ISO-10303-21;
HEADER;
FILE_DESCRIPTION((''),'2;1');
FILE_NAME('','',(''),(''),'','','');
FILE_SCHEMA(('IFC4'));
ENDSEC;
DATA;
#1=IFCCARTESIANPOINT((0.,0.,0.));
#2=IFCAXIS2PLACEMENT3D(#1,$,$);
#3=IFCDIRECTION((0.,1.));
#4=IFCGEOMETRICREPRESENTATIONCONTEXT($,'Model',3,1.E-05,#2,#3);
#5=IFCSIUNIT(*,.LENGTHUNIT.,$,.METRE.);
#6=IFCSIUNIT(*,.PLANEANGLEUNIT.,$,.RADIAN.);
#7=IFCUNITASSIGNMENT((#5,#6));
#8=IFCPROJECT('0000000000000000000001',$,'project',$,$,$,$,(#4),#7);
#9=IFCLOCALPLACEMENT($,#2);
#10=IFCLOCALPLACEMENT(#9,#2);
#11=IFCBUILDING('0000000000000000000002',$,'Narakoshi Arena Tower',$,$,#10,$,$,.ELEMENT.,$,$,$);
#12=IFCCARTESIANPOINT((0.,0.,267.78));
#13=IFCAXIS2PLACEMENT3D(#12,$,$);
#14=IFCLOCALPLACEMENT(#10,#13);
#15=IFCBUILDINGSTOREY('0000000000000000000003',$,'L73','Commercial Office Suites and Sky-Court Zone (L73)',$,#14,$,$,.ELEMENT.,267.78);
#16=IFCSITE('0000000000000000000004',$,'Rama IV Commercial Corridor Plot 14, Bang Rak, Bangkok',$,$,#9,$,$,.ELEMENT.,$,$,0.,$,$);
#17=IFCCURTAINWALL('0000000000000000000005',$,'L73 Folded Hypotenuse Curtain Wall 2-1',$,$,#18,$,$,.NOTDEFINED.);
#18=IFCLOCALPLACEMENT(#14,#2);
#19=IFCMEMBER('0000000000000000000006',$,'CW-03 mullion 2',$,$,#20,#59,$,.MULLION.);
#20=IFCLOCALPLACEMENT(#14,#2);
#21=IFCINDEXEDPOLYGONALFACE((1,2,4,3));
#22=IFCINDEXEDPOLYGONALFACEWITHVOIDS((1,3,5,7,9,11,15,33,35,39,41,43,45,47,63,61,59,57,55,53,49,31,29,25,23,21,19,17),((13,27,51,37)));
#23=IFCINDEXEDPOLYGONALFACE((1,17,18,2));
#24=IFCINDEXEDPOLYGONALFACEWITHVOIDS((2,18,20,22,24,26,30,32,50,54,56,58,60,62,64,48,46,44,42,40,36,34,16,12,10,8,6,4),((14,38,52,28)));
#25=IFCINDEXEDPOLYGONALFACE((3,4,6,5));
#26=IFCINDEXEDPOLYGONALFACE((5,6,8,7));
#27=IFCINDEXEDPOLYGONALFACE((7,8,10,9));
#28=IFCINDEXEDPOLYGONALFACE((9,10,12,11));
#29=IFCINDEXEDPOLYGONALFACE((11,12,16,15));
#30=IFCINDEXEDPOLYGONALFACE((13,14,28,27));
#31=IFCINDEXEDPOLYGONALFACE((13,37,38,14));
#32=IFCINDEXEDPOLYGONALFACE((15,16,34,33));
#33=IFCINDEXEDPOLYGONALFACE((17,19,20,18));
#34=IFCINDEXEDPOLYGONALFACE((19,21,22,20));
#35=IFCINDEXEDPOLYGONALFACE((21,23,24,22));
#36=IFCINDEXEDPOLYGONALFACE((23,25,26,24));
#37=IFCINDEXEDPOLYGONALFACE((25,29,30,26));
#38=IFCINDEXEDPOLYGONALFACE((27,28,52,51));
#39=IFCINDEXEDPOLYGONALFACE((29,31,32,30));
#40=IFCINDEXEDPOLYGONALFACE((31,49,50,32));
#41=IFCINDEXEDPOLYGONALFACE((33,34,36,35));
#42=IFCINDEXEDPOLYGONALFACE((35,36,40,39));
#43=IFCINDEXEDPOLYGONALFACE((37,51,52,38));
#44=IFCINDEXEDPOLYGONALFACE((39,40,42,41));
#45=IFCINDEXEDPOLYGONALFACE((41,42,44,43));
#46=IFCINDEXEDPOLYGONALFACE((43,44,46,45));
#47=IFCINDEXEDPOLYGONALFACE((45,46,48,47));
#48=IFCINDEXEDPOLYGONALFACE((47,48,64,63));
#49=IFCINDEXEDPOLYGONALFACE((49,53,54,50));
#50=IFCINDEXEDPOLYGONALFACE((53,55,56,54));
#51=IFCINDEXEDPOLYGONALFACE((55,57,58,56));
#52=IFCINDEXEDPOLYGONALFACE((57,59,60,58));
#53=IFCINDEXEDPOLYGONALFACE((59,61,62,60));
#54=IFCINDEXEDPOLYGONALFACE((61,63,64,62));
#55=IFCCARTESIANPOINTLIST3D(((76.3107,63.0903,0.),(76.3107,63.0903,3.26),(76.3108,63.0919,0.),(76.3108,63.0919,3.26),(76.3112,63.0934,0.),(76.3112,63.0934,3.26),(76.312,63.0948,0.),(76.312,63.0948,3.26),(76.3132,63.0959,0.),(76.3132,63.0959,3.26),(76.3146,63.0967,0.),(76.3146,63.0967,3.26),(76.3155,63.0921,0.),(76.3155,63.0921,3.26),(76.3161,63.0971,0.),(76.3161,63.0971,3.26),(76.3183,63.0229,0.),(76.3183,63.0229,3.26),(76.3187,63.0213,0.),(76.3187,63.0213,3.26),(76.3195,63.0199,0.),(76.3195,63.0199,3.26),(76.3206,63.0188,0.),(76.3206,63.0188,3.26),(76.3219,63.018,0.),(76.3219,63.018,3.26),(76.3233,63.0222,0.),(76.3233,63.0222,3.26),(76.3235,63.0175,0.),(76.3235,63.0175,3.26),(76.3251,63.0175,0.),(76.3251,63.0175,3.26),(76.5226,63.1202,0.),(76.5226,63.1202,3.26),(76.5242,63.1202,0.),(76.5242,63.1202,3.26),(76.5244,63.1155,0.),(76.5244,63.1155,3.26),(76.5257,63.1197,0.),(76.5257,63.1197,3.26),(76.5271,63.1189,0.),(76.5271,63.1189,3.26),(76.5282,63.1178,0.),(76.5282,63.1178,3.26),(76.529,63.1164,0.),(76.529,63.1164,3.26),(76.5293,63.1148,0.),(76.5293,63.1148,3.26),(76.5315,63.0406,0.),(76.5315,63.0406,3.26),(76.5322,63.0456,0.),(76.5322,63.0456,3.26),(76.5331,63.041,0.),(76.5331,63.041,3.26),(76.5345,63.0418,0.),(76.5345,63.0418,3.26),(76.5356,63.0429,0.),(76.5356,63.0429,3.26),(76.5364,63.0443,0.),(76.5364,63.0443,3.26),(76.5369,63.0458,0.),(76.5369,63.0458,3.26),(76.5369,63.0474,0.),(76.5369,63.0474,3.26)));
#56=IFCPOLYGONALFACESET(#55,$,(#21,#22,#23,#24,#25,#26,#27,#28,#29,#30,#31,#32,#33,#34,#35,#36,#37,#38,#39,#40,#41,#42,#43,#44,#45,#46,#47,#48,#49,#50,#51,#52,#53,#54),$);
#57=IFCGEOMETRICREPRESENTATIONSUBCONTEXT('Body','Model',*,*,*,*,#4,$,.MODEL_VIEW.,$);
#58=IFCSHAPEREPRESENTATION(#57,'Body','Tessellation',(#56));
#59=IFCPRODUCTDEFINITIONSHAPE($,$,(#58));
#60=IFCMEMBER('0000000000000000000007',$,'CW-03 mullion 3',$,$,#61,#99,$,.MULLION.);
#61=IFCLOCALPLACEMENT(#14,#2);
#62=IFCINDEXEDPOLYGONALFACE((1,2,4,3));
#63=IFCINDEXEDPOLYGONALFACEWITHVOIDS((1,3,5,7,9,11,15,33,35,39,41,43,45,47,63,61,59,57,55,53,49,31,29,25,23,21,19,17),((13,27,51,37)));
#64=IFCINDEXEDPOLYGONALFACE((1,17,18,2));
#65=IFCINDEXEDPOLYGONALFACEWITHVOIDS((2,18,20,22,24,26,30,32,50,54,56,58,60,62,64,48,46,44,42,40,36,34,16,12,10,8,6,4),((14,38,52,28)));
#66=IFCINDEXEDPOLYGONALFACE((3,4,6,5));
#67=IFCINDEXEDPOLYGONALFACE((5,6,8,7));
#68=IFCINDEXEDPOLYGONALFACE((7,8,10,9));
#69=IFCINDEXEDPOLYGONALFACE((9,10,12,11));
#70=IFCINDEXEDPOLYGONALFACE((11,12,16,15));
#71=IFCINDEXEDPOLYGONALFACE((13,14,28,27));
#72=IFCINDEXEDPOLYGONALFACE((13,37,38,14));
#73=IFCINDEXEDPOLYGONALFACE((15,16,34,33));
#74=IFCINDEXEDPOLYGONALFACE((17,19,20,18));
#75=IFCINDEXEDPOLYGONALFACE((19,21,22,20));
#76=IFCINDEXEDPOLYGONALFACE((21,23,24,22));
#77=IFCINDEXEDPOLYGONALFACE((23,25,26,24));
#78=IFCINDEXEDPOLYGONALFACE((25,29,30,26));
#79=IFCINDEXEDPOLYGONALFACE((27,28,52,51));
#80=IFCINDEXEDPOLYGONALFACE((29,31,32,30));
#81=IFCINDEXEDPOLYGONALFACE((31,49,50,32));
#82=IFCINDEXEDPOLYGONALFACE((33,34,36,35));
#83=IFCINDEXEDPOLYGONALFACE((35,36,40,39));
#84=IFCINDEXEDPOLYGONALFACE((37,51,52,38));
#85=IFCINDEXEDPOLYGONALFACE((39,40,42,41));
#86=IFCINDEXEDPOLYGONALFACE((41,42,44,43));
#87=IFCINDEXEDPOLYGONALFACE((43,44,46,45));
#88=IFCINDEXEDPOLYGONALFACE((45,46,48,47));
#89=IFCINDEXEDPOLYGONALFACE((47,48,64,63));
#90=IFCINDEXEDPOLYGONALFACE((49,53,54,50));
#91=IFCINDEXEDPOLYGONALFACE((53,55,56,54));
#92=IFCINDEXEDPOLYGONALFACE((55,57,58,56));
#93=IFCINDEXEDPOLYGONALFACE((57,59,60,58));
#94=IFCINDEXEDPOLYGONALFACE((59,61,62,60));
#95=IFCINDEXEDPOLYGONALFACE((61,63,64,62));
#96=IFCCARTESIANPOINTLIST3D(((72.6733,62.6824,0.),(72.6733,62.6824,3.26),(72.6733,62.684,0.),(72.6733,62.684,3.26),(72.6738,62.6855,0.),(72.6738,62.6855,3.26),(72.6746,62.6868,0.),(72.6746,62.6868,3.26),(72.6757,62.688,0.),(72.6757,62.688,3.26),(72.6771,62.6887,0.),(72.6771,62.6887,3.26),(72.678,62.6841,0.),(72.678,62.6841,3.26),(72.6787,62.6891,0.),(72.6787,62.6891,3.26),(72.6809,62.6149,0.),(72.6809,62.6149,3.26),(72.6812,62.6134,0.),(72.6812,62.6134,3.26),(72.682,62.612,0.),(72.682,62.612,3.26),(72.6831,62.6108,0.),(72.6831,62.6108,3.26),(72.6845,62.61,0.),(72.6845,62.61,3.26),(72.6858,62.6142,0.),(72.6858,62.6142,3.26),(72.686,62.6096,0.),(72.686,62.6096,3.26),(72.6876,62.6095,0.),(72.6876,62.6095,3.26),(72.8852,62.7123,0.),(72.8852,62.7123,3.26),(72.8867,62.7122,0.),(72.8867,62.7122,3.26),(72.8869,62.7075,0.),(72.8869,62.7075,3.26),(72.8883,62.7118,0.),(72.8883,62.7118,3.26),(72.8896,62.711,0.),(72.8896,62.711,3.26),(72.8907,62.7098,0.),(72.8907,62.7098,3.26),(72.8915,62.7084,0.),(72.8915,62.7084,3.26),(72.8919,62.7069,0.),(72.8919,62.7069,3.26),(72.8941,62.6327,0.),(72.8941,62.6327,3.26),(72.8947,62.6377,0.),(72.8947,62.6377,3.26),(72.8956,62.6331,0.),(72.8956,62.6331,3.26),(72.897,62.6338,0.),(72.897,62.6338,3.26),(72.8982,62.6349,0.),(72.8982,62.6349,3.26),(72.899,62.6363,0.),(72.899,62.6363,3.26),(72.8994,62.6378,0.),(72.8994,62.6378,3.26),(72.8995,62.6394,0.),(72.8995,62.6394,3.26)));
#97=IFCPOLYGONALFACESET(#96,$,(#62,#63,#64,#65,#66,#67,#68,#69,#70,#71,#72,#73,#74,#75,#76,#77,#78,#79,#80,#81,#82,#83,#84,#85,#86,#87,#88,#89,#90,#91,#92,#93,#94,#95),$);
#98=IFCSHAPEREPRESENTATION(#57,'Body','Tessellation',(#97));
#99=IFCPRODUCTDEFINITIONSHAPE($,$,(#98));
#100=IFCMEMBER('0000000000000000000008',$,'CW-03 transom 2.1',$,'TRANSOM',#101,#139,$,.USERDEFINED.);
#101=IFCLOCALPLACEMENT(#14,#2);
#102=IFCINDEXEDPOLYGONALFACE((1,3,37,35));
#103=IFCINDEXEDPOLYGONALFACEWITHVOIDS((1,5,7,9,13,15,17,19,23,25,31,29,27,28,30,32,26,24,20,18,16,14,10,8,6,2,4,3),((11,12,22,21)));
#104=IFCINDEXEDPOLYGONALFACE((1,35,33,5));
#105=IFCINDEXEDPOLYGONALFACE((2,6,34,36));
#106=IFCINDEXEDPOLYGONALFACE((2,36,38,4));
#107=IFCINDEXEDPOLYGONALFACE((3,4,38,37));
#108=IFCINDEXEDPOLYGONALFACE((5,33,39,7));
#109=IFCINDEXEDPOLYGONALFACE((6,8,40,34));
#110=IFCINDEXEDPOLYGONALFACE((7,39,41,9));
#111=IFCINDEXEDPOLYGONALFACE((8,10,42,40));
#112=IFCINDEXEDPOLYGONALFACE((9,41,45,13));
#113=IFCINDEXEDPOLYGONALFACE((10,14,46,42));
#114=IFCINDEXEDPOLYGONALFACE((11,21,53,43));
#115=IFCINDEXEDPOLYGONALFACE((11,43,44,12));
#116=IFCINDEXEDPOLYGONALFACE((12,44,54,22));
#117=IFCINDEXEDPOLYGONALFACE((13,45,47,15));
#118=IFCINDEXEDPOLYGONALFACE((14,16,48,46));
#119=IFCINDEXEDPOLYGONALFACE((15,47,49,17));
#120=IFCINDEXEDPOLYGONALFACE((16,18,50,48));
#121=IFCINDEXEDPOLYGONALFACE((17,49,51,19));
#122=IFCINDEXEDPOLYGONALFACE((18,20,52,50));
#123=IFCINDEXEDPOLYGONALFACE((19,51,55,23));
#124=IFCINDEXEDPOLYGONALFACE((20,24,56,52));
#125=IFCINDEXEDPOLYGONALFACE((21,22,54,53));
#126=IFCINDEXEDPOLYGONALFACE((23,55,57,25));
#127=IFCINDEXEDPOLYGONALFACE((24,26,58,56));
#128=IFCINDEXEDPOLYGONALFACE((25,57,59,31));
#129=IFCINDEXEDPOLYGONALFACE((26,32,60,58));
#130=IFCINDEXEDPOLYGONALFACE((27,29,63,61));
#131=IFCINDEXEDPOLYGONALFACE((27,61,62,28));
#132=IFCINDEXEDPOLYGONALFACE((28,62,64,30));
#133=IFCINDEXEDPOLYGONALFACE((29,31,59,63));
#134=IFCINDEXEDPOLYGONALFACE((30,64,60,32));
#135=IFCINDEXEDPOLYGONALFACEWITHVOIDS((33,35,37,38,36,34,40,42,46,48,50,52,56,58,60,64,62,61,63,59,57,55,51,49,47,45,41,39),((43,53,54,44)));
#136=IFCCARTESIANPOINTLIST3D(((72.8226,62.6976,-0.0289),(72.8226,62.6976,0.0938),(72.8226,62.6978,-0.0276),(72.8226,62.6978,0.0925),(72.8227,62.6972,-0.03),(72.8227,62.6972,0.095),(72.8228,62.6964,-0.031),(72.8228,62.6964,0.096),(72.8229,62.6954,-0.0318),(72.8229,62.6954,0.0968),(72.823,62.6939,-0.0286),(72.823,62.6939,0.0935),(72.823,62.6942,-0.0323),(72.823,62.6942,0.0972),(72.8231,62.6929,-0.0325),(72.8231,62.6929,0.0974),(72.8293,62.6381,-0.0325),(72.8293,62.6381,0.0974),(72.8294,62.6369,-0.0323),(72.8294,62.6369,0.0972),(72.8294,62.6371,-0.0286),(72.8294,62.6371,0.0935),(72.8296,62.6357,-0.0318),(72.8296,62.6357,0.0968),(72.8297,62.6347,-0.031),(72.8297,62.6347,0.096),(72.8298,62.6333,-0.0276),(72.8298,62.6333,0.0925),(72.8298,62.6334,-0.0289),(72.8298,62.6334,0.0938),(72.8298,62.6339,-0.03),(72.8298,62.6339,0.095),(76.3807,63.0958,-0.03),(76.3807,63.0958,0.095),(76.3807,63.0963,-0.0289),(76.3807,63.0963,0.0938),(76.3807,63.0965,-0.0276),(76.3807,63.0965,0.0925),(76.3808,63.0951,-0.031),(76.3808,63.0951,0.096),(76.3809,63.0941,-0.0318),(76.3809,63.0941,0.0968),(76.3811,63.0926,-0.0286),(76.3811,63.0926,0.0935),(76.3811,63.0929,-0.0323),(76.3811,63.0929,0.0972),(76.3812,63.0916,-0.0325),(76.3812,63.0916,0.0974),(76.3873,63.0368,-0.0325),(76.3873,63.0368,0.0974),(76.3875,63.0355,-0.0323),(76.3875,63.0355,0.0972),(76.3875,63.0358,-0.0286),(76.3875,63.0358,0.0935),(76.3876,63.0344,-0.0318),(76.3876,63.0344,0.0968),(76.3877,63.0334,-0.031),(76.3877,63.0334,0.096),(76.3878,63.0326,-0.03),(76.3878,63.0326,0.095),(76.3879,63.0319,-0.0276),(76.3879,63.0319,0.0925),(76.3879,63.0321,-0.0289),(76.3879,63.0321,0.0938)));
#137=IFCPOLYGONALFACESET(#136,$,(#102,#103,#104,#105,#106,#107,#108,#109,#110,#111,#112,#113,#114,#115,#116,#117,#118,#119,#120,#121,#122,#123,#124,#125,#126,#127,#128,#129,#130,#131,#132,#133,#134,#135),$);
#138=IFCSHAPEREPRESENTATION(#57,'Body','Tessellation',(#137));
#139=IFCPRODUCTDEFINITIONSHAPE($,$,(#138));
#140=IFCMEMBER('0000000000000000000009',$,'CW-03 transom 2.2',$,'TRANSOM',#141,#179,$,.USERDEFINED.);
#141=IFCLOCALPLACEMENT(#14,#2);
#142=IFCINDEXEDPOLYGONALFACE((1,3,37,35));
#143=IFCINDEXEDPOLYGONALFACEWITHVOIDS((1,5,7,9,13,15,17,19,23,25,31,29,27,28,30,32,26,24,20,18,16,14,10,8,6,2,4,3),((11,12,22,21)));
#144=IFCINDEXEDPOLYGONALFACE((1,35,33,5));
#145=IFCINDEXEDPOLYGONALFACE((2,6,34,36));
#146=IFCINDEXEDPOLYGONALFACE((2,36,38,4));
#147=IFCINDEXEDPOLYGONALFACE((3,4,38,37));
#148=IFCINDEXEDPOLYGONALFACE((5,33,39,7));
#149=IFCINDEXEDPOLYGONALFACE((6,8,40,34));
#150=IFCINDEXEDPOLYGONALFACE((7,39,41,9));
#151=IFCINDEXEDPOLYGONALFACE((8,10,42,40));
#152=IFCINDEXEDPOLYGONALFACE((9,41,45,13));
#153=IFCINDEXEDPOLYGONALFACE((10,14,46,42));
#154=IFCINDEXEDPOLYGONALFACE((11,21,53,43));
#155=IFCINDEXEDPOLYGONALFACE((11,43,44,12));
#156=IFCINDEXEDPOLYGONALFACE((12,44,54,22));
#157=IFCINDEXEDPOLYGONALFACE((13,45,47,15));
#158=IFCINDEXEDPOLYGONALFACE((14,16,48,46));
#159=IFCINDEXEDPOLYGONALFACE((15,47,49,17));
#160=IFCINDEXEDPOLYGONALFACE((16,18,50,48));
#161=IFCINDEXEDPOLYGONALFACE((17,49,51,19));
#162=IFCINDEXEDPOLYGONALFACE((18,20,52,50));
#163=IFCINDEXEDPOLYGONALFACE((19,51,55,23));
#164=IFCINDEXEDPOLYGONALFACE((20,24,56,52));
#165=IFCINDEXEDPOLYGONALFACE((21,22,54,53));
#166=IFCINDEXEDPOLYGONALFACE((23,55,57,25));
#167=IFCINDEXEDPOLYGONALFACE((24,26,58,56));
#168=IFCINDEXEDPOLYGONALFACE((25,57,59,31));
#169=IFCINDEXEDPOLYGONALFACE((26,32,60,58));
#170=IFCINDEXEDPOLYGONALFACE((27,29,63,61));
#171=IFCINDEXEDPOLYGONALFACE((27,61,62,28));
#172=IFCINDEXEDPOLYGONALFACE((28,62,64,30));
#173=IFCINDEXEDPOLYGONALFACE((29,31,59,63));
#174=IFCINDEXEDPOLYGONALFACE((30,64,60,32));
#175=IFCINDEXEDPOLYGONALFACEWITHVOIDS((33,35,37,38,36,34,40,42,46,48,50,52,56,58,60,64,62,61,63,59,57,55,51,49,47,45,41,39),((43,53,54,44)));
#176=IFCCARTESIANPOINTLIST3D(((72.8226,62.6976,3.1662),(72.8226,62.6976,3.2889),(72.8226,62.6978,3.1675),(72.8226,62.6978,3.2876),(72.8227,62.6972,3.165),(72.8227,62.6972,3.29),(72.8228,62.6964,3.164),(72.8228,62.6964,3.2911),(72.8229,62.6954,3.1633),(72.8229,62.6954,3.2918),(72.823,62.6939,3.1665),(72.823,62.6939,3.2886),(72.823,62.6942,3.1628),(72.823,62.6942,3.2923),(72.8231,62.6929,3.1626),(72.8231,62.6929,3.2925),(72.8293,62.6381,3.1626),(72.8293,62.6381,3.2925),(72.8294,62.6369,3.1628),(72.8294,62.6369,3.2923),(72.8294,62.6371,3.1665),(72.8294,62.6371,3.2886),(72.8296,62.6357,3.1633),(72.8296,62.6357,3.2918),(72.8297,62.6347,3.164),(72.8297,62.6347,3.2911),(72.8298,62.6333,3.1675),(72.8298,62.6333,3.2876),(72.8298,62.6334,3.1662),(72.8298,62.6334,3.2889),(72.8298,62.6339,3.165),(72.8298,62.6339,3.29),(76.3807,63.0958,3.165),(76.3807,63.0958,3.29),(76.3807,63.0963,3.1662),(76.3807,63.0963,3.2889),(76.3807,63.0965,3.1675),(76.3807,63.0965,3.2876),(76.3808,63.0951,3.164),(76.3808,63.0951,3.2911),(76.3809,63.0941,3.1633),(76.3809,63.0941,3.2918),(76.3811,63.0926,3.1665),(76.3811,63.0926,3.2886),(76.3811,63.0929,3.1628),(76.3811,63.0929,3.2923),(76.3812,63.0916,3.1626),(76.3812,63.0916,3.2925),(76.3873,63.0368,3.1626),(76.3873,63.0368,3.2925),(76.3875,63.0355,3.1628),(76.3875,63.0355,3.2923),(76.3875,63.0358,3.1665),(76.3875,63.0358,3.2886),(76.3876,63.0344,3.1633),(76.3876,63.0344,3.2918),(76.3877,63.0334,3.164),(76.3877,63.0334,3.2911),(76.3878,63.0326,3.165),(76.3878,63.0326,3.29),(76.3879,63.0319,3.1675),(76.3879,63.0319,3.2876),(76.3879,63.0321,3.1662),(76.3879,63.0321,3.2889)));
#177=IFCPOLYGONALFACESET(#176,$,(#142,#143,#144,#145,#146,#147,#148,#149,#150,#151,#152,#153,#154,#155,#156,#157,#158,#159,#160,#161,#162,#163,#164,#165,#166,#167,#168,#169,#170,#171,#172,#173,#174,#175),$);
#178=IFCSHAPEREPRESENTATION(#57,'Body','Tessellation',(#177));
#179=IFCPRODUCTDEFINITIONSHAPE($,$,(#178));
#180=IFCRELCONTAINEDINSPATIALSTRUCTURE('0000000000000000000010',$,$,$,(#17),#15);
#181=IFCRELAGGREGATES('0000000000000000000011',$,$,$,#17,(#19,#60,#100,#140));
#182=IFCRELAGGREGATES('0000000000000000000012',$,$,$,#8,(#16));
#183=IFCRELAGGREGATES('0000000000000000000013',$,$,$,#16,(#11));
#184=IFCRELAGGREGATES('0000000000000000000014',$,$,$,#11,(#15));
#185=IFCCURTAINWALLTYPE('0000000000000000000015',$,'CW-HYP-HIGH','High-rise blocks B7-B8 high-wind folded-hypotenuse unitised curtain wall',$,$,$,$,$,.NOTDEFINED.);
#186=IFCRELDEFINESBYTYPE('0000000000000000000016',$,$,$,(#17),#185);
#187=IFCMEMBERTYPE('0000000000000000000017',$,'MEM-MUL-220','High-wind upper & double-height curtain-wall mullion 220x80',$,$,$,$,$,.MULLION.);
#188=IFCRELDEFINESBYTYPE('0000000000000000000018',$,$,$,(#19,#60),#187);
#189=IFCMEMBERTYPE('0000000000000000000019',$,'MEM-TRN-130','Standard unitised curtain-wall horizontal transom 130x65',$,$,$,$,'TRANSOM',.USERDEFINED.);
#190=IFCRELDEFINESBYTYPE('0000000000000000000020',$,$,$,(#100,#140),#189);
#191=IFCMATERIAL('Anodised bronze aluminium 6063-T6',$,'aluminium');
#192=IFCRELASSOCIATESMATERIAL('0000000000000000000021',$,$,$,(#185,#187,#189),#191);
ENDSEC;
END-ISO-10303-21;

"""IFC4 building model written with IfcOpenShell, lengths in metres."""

from ifc_helpers import new_model, si_unit, direction, frame, origin, origin_2d, place, context, subcontext, project, spatial, hollow_rectangle, extrude, material, material_profile, profile_set, type_object, element, aggregate, save


model = new_model("IFC4")

# Units and contexts
model_context = context("Model", 3, precision=1e-05, world=origin(), true_north=direction((0.0, 1.0)))
body_context = subcontext(model_context, "Body", "Model", "MODEL_VIEW")
ifc_project = project(units=[si_unit("LENGTHUNIT", "METRE"), si_unit("PLANEANGLEUNIT", "RADIAN")], contexts=[model_context])

# Site, building, storey
site_placement = place(None, origin())
site = spatial("IfcSite", under=ifc_project, at=site_placement, Name="Rama IV Commercial Corridor Plot 14, Bang Rak, Bangkok", CompositionType="ELEMENT", RefElevation=0.0)
building_placement = place(site_placement, origin())
building = spatial("IfcBuilding", under=site, at=building_placement, Name="Narakoshi Arena Tower", CompositionType="ELEMENT")
storey_placement = place(building_placement, frame((0.0, 0.0, 267.78)))
storey = spatial("IfcBuildingStorey", under=building, at=storey_placement, Name="L73", Description="Commercial Office Suites and Sky-Court Zone (L73)", CompositionType="ELEMENT", Elevation=267.78)

# Curtain wall, members
ifc_material_1 = material(Name="Anodised bronze aluminium 6063-T6", Category="aluminium")
curtain_wall_type = type_object("IfcCurtainWallType", Name="CW-HYP-HIGH", Description="High-rise blocks B7-B8 high-wind folded-hypotenuse unitised curtain wall", PredefinedType="NOTDEFINED", material=ifc_material_1)
curtain_wall_placement = place(storey_placement, origin())
curtain_wall = element("IfcCurtainWall", 1, at=curtain_wall_placement, inside=storey, type_object=curtain_wall_type, Name="L73 Folded Hypotenuse Curtain Wall 2-1", PredefinedType="NOTDEFINED")
ifc_material_profile_1 = material_profile(ifc_material_1, hollow_rectangle(XDim=0.0801, YDim=0.22, WallThickness=0.0049, OuterFilletRadius=0.0061, at=origin_2d()), Name="MUL220x80x5")
ifc_profile_set_1 = profile_set([ifc_material_profile_1], Name="Anodised bronze aluminium 6063-T6")
member_type_1 = type_object("IfcMemberType", Name="MEM-MUL-220", Description="High-wind upper & double-height curtain-wall mullion 220x80", PredefinedType="MULLION", material=ifc_profile_set_1)
member_1_placement = place(storey_placement, frame((76.4238, 63.0688, 0.0), z_axis=(0.0, 0.0, 1.0), x_axis=(0.111396, -0.993776, 0.0)))
member_1 = element("IfcMember", 2, at=member_1_placement, type_object=member_type_1, Name="CW-03 mullion 2", PredefinedType="MULLION", context=body_context, shape_type="SweptSolid", body=[
    extrude(hollow_rectangle(XDim=0.0801, YDim=0.22, WallThickness=0.0049, OuterFilletRadius=0.0061, at=origin_2d()), origin(), (0.0, 0.0, 1.0), 3.26),
])
member_2_placement = place(storey_placement, frame((72.7864, 62.6609, 0.0), z_axis=(0.0, 0.0, 1.0), x_axis=(0.111396, -0.993776, 0.0)))
member_2 = element("IfcMember", 3, at=member_2_placement, type_object=member_type_1, Name="CW-03 mullion 3", PredefinedType="MULLION", context=body_context, shape_type="SweptSolid", body=[
    extrude(hollow_rectangle(XDim=0.0801, YDim=0.22, WallThickness=0.0049, OuterFilletRadius=0.0061, at=origin_2d()), origin(), (0.0, 0.0, 1.0), 3.26),
])
ifc_material_profile_2 = material_profile(ifc_material_1, hollow_rectangle(XDim=0.0649, YDim=0.1299, WallThickness=0.0039, OuterFilletRadius=0.0049, at=origin_2d()), Name="TRN130x65x4")
ifc_profile_set_2 = profile_set([ifc_material_profile_2], Name="Anodised bronze aluminium 6063-T6")
member_type_2 = type_object("IfcMemberType", Name="MEM-TRN-130", Description="Standard unitised curtain-wall horizontal transom 130x65", ElementType="TRANSOM", PredefinedType="USERDEFINED", material=ifc_profile_set_2)
member_3_placement = place(storey_placement, frame((76.3843, 63.0642, 0.0325), z_axis=(-0.993781, -0.111352, 0.0), x_axis=(0.111352, -0.993781, 0.0)))
member_3 = element("IfcMember", 4, at=member_3_placement, type_object=member_type_2, Name="CW-03 transom 2.1", ObjectType="TRANSOM", PredefinedType="USERDEFINED", context=body_context, shape_type="SweptSolid", body=[
    extrude(hollow_rectangle(XDim=0.0649, YDim=0.1299, WallThickness=0.0039, OuterFilletRadius=0.0049, at=origin_2d()), origin(), (0.0, 0.0, 1.0), 3.5803),
])
member_4_placement = place(storey_placement, frame((76.3843, 63.0642, 3.2275), z_axis=(-0.993781, -0.111352, 0.0), x_axis=(0.111352, -0.993781, 0.0)))
member_4 = element("IfcMember", 5, at=member_4_placement, type_object=member_type_2, Name="CW-03 transom 2.2", ObjectType="TRANSOM", PredefinedType="USERDEFINED", context=body_context, shape_type="SweptSolid", body=[
    extrude(hollow_rectangle(XDim=0.0649, YDim=0.1299, WallThickness=0.0039, OuterFilletRadius=0.0049, at=origin_2d()), origin(), (0.0, 0.0, 1.0), 3.5803),
])
aggregate(curtain_wall, [member_1, member_2, member_3, member_4])

save(model, "model.ifc")
